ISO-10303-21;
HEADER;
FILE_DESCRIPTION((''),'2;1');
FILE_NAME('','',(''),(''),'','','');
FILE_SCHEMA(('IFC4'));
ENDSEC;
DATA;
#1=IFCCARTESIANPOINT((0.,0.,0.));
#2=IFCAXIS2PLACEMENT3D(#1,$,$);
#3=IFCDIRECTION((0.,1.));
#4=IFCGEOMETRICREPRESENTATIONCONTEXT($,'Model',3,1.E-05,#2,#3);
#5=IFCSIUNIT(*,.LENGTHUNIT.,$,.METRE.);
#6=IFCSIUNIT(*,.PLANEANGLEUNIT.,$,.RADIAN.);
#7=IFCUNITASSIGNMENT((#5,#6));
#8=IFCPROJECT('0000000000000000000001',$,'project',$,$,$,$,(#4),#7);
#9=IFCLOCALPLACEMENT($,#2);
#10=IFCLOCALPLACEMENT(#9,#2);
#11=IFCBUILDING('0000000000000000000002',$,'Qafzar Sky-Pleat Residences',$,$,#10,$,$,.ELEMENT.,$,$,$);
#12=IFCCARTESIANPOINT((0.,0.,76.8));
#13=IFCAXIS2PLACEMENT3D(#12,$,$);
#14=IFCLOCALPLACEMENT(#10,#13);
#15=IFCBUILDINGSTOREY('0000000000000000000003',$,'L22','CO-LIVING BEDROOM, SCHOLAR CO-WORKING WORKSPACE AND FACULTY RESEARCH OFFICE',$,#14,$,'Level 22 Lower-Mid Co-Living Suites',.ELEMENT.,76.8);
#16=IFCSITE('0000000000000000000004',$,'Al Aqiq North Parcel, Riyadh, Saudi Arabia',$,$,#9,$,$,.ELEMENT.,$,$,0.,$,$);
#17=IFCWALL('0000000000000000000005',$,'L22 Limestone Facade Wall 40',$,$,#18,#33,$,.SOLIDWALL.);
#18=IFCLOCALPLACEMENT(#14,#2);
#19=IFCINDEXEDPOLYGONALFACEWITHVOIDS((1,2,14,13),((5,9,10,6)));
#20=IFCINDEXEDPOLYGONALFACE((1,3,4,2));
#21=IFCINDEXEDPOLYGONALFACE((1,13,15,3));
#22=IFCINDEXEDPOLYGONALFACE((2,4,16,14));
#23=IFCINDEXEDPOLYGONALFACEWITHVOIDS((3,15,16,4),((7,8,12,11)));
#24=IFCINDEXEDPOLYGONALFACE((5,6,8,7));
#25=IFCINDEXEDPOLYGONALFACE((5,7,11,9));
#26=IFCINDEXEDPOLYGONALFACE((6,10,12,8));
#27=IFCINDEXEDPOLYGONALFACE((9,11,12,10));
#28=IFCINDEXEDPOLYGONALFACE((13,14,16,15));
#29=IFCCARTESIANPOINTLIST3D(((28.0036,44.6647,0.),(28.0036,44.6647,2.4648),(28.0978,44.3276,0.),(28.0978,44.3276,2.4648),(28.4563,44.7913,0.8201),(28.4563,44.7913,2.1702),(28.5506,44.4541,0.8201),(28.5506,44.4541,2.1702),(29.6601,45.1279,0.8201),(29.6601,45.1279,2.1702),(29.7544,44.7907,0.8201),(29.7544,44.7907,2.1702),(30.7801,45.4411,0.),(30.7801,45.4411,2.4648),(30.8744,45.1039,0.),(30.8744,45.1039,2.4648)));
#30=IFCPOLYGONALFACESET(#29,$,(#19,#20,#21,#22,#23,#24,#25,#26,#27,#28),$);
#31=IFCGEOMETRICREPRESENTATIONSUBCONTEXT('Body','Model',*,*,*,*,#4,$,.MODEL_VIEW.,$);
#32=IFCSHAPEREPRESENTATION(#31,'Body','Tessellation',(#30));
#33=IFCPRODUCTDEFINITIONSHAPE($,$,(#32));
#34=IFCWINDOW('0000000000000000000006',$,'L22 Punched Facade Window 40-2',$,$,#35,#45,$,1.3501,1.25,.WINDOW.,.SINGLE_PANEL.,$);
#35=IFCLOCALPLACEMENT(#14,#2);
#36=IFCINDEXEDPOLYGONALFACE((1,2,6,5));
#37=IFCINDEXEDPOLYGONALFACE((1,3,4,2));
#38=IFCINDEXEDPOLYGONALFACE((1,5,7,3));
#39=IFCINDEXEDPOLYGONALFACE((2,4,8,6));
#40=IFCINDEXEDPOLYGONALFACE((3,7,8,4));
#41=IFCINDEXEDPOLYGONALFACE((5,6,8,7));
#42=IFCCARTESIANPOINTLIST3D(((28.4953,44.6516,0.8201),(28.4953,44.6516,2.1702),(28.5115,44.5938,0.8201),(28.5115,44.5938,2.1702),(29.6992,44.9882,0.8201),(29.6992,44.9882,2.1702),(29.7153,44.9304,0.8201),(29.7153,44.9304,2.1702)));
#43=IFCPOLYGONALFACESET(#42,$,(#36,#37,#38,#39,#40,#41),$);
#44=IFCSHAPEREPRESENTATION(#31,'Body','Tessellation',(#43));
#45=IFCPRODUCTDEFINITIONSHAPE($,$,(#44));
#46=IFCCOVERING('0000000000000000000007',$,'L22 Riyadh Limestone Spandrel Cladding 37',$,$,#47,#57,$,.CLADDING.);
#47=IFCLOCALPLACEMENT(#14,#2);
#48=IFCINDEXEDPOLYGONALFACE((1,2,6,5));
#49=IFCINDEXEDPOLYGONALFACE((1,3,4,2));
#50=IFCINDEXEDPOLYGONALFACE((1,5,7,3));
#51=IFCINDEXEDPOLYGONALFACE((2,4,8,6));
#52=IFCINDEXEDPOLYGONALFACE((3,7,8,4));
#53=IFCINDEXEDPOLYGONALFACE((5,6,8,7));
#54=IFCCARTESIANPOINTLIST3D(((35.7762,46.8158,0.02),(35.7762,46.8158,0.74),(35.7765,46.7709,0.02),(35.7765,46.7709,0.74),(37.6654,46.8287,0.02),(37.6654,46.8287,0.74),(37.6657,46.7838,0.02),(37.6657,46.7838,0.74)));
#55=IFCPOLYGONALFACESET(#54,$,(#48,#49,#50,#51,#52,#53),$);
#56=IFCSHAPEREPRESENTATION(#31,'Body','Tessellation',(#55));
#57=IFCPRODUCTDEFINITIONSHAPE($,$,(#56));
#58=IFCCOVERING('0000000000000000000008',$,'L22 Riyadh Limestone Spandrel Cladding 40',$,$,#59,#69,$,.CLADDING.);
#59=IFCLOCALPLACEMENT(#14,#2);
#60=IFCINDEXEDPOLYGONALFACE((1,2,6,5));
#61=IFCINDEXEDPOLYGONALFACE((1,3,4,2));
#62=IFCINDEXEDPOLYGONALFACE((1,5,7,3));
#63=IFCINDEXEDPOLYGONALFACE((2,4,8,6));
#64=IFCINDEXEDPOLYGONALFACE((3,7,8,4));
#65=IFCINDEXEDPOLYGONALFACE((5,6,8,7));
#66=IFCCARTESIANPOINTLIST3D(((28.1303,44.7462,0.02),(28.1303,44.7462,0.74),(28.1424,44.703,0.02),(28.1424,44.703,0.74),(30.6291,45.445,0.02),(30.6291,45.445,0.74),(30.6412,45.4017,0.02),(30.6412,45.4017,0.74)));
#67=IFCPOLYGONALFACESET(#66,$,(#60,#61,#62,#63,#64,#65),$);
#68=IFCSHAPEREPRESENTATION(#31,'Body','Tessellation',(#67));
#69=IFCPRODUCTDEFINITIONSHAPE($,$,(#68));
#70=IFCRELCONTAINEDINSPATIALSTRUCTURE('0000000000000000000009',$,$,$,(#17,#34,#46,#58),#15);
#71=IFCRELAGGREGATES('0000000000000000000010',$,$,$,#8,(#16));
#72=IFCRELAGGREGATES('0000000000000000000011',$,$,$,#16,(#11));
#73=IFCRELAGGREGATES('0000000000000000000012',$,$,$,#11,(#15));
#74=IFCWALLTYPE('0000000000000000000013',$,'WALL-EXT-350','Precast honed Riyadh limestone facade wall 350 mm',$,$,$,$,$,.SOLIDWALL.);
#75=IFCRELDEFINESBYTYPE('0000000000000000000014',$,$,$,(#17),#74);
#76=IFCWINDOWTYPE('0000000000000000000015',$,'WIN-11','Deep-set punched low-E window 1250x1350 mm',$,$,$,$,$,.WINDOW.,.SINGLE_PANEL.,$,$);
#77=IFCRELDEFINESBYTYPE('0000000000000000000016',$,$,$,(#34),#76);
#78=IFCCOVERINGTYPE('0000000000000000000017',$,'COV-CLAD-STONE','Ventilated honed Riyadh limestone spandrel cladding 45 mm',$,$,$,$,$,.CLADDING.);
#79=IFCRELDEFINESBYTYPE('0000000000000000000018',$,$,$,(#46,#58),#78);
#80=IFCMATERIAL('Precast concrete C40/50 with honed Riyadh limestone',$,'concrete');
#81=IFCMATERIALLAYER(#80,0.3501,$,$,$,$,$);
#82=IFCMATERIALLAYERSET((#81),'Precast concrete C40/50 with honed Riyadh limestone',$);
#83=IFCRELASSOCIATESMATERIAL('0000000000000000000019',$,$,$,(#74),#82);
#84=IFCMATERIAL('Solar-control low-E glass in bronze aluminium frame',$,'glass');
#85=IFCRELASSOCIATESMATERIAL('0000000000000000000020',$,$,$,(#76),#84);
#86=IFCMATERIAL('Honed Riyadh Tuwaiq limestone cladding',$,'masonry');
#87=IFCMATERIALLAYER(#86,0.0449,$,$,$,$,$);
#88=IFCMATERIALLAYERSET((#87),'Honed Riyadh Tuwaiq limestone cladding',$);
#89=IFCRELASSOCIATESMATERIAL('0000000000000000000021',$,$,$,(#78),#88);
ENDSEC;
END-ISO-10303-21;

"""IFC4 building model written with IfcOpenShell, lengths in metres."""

from ifc_helpers import new_model, si_unit, direction, frame, frame_2d, origin, origin_2d, place, context, subcontext, project, spatial, rectangle, extrude, source, transform, mapped, material, layer, layer_set, type_object, element, fill, save


model = new_model("IFC4")

# Units and contexts
model_context = context("Model", 3, precision=1e-05, world=origin(), true_north=direction((0.0, 1.0)))
body_context = subcontext(model_context, "Body", "Model", "MODEL_VIEW")
ifc_project = project(units=[si_unit("LENGTHUNIT", "METRE"), si_unit("PLANEANGLEUNIT", "RADIAN")], contexts=[model_context])

# Site, building, storey
site_placement = place(None, origin())
site = spatial("IfcSite", under=ifc_project, at=site_placement, Name="Al Aqiq North Parcel, Riyadh, Saudi Arabia", CompositionType="ELEMENT", RefElevation=0.0)
building_placement = place(site_placement, origin())
building = spatial("IfcBuilding", under=site, at=building_placement, Name="Qafzar Sky-Pleat Residences", CompositionType="ELEMENT")
storey_placement = place(building_placement, frame((0.0, 0.0, 76.8)))
storey = spatial("IfcBuildingStorey", under=building, at=storey_placement, Name="L22", Description="CO-LIVING BEDROOM, SCHOLAR CO-WORKING WORKSPACE AND FACULTY RESEARCH OFFICE", LongName="Level 22 Lower-Mid Co-Living Suites", CompositionType="ELEMENT", Elevation=76.8)

# Wall, opening, window
ifc_material_1 = material(Name="Precast concrete C40/50 with honed Riyadh limestone", Category="concrete")
ifc_layer_1 = layer(ifc_material_1, 0.3501)
ifc_layer_set_1 = layer_set([ifc_layer_1], Name="Precast concrete C40/50 with honed Riyadh limestone")
wall_type_1 = type_object("IfcWallType", Name="WALL-EXT-350", Description="Precast honed Riyadh limestone facade wall 350 mm", PredefinedType="SOLIDWALL", material=ifc_layer_set_1)
ifc_material_2 = material(Name="Solar-control low-E glass in bronze aluminium frame", Category="glass")
wall_1_placement = place(storey_placement, frame((30.8271, 45.2725, 0.0), z_axis=(0.0, 0.0, 1.0), x_axis=(-0.963062, -0.269281, 0.0)))
wall_1 = element("IfcWall", 1, at=wall_1_placement, inside=storey, type_object=wall_type_1, Name="L22 Limestone Facade Wall 40", PredefinedType="SOLIDWALL", context=body_context, shape_type="SweptSolid", body=[
    extrude(rectangle(XDim=2.8831, YDim=0.3501, at=frame_2d((1.4414, 0.0))), origin(), (0.0, 0.0, 1.0), 2.4648),
])
opening_1_placement = place(wall_1_placement, frame((1.1628, 0.0, 0.8201)))
opening_1 = element("IfcOpeningElement", 2, at=opening_1_placement, cuts=wall_1, PredefinedType="OPENING", context=body_context, shape_type="SweptSolid", body=[
    extrude(rectangle(XDim=1.25, YDim=1.3501, at=frame_2d((0.625, 0.675))), frame((0.0, 0.1851, 0.0), z_axis=(0.0, -1.0, 0.0), x_axis=(1.0, 0.0, 0.0)), (0.0, 0.0, 1.0), 0.3701),
])
window_type_1 = type_object("IfcWindowType", Name="WIN-11", Description="Deep-set punched low-E window 1250x1350 mm", PartitioningType="SINGLE_PANEL", PredefinedType="WINDOW", material=ifc_material_2)
shared_shape_1 = source(origin(), body_context, "Body", "SweptSolid", [
    extrude(rectangle(XDim=1.25, YDim=1.3501, at=frame_2d((0.625, 0.675))), frame((0.0, 0.03, 0.0), z_axis=(0.0, -1.0, 0.0), x_axis=(1.0, 0.0, 0.0)), (0.0, 0.0, 1.0), 0.0601),
])
window_1_placement = place(opening_1_placement, origin())
window_1 = element("IfcWindow", 3, at=window_1_placement, inside=storey, type_object=window_type_1, Name="L22 Punched Facade Window 40-2", OverallHeight=1.3501, OverallWidth=1.25, PartitioningType="SINGLE_PANEL", PredefinedType="WINDOW", context=body_context, shape_type="MappedRepresentation", body=[
    mapped(shared_shape_1, transform((0.0, 0.0, 0.0), x_axis=(1.0, 0.0, 0.0), y_axis=(0.0, 1.0, 0.0), z_axis=(0.0, 0.0, 1.0), scale=1.0)),
])
fill(opening_1, window_1)

# Coverings
ifc_material_3 = material(Name="Honed Riyadh Tuwaiq limestone cladding", Category="masonry")
ifc_layer_2 = layer(ifc_material_3, 0.0449)
ifc_layer_set_2 = layer_set([ifc_layer_2], Name="Honed Riyadh Tuwaiq limestone cladding")
covering_type = type_object("IfcCoveringType", Name="COV-CLAD-STONE", Description="Ventilated honed Riyadh limestone spandrel cladding 45 mm", PredefinedType="CLADDING", material=ifc_layer_set_2)
shared_shape_2 = source(origin(), body_context, "Body", "SweptSolid", [
    extrude(rectangle(XDim=1.8892, YDim=0.0449, at=origin_2d()), origin(), (0.0, 0.0, 1.0), 0.72),
])
covering_1_placement = place(storey_placement, frame((36.7209, 46.7998, 0.02), z_axis=(0.0, 0.0, 1.0), x_axis=(-0.999976, -0.006861, 0.0)))
element("IfcCovering", 4, at=covering_1_placement, inside=storey, type_object=covering_type, Name="L22 Riyadh Limestone Spandrel Cladding 37", PredefinedType="CLADDING", context=body_context, shape_type="MappedRepresentation", body=[
    mapped(shared_shape_2, transform((0.0, 0.0, 0.0), x_axis=(1.0, 0.0, 0.0), y_axis=(0.0, 1.0, 0.0), z_axis=(0.0, 0.0, 1.0), scale=1.0)),
])
shared_shape_3 = source(origin(), body_context, "Body", "SweptSolid", [
    extrude(rectangle(XDim=2.5947, YDim=0.0449, at=origin_2d()), origin(), (0.0, 0.0, 1.0), 0.72),
])
covering_2_placement = place(storey_placement, frame((29.3857, 45.074, 0.02), z_axis=(0.0, 0.0, 1.0), x_axis=(-0.963056, -0.269302, 0.0)))
element("IfcCovering", 5, at=covering_2_placement, inside=storey, type_object=covering_type, Name="L22 Riyadh Limestone Spandrel Cladding 40", PredefinedType="CLADDING", context=body_context, shape_type="MappedRepresentation", body=[
    mapped(shared_shape_3, transform((0.0, 0.0, 0.0), x_axis=(1.0, 0.0, 0.0), y_axis=(0.0, 1.0, 0.0), z_axis=(0.0, 0.0, 1.0), scale=1.0)),
])

save(model, "model.ifc")
